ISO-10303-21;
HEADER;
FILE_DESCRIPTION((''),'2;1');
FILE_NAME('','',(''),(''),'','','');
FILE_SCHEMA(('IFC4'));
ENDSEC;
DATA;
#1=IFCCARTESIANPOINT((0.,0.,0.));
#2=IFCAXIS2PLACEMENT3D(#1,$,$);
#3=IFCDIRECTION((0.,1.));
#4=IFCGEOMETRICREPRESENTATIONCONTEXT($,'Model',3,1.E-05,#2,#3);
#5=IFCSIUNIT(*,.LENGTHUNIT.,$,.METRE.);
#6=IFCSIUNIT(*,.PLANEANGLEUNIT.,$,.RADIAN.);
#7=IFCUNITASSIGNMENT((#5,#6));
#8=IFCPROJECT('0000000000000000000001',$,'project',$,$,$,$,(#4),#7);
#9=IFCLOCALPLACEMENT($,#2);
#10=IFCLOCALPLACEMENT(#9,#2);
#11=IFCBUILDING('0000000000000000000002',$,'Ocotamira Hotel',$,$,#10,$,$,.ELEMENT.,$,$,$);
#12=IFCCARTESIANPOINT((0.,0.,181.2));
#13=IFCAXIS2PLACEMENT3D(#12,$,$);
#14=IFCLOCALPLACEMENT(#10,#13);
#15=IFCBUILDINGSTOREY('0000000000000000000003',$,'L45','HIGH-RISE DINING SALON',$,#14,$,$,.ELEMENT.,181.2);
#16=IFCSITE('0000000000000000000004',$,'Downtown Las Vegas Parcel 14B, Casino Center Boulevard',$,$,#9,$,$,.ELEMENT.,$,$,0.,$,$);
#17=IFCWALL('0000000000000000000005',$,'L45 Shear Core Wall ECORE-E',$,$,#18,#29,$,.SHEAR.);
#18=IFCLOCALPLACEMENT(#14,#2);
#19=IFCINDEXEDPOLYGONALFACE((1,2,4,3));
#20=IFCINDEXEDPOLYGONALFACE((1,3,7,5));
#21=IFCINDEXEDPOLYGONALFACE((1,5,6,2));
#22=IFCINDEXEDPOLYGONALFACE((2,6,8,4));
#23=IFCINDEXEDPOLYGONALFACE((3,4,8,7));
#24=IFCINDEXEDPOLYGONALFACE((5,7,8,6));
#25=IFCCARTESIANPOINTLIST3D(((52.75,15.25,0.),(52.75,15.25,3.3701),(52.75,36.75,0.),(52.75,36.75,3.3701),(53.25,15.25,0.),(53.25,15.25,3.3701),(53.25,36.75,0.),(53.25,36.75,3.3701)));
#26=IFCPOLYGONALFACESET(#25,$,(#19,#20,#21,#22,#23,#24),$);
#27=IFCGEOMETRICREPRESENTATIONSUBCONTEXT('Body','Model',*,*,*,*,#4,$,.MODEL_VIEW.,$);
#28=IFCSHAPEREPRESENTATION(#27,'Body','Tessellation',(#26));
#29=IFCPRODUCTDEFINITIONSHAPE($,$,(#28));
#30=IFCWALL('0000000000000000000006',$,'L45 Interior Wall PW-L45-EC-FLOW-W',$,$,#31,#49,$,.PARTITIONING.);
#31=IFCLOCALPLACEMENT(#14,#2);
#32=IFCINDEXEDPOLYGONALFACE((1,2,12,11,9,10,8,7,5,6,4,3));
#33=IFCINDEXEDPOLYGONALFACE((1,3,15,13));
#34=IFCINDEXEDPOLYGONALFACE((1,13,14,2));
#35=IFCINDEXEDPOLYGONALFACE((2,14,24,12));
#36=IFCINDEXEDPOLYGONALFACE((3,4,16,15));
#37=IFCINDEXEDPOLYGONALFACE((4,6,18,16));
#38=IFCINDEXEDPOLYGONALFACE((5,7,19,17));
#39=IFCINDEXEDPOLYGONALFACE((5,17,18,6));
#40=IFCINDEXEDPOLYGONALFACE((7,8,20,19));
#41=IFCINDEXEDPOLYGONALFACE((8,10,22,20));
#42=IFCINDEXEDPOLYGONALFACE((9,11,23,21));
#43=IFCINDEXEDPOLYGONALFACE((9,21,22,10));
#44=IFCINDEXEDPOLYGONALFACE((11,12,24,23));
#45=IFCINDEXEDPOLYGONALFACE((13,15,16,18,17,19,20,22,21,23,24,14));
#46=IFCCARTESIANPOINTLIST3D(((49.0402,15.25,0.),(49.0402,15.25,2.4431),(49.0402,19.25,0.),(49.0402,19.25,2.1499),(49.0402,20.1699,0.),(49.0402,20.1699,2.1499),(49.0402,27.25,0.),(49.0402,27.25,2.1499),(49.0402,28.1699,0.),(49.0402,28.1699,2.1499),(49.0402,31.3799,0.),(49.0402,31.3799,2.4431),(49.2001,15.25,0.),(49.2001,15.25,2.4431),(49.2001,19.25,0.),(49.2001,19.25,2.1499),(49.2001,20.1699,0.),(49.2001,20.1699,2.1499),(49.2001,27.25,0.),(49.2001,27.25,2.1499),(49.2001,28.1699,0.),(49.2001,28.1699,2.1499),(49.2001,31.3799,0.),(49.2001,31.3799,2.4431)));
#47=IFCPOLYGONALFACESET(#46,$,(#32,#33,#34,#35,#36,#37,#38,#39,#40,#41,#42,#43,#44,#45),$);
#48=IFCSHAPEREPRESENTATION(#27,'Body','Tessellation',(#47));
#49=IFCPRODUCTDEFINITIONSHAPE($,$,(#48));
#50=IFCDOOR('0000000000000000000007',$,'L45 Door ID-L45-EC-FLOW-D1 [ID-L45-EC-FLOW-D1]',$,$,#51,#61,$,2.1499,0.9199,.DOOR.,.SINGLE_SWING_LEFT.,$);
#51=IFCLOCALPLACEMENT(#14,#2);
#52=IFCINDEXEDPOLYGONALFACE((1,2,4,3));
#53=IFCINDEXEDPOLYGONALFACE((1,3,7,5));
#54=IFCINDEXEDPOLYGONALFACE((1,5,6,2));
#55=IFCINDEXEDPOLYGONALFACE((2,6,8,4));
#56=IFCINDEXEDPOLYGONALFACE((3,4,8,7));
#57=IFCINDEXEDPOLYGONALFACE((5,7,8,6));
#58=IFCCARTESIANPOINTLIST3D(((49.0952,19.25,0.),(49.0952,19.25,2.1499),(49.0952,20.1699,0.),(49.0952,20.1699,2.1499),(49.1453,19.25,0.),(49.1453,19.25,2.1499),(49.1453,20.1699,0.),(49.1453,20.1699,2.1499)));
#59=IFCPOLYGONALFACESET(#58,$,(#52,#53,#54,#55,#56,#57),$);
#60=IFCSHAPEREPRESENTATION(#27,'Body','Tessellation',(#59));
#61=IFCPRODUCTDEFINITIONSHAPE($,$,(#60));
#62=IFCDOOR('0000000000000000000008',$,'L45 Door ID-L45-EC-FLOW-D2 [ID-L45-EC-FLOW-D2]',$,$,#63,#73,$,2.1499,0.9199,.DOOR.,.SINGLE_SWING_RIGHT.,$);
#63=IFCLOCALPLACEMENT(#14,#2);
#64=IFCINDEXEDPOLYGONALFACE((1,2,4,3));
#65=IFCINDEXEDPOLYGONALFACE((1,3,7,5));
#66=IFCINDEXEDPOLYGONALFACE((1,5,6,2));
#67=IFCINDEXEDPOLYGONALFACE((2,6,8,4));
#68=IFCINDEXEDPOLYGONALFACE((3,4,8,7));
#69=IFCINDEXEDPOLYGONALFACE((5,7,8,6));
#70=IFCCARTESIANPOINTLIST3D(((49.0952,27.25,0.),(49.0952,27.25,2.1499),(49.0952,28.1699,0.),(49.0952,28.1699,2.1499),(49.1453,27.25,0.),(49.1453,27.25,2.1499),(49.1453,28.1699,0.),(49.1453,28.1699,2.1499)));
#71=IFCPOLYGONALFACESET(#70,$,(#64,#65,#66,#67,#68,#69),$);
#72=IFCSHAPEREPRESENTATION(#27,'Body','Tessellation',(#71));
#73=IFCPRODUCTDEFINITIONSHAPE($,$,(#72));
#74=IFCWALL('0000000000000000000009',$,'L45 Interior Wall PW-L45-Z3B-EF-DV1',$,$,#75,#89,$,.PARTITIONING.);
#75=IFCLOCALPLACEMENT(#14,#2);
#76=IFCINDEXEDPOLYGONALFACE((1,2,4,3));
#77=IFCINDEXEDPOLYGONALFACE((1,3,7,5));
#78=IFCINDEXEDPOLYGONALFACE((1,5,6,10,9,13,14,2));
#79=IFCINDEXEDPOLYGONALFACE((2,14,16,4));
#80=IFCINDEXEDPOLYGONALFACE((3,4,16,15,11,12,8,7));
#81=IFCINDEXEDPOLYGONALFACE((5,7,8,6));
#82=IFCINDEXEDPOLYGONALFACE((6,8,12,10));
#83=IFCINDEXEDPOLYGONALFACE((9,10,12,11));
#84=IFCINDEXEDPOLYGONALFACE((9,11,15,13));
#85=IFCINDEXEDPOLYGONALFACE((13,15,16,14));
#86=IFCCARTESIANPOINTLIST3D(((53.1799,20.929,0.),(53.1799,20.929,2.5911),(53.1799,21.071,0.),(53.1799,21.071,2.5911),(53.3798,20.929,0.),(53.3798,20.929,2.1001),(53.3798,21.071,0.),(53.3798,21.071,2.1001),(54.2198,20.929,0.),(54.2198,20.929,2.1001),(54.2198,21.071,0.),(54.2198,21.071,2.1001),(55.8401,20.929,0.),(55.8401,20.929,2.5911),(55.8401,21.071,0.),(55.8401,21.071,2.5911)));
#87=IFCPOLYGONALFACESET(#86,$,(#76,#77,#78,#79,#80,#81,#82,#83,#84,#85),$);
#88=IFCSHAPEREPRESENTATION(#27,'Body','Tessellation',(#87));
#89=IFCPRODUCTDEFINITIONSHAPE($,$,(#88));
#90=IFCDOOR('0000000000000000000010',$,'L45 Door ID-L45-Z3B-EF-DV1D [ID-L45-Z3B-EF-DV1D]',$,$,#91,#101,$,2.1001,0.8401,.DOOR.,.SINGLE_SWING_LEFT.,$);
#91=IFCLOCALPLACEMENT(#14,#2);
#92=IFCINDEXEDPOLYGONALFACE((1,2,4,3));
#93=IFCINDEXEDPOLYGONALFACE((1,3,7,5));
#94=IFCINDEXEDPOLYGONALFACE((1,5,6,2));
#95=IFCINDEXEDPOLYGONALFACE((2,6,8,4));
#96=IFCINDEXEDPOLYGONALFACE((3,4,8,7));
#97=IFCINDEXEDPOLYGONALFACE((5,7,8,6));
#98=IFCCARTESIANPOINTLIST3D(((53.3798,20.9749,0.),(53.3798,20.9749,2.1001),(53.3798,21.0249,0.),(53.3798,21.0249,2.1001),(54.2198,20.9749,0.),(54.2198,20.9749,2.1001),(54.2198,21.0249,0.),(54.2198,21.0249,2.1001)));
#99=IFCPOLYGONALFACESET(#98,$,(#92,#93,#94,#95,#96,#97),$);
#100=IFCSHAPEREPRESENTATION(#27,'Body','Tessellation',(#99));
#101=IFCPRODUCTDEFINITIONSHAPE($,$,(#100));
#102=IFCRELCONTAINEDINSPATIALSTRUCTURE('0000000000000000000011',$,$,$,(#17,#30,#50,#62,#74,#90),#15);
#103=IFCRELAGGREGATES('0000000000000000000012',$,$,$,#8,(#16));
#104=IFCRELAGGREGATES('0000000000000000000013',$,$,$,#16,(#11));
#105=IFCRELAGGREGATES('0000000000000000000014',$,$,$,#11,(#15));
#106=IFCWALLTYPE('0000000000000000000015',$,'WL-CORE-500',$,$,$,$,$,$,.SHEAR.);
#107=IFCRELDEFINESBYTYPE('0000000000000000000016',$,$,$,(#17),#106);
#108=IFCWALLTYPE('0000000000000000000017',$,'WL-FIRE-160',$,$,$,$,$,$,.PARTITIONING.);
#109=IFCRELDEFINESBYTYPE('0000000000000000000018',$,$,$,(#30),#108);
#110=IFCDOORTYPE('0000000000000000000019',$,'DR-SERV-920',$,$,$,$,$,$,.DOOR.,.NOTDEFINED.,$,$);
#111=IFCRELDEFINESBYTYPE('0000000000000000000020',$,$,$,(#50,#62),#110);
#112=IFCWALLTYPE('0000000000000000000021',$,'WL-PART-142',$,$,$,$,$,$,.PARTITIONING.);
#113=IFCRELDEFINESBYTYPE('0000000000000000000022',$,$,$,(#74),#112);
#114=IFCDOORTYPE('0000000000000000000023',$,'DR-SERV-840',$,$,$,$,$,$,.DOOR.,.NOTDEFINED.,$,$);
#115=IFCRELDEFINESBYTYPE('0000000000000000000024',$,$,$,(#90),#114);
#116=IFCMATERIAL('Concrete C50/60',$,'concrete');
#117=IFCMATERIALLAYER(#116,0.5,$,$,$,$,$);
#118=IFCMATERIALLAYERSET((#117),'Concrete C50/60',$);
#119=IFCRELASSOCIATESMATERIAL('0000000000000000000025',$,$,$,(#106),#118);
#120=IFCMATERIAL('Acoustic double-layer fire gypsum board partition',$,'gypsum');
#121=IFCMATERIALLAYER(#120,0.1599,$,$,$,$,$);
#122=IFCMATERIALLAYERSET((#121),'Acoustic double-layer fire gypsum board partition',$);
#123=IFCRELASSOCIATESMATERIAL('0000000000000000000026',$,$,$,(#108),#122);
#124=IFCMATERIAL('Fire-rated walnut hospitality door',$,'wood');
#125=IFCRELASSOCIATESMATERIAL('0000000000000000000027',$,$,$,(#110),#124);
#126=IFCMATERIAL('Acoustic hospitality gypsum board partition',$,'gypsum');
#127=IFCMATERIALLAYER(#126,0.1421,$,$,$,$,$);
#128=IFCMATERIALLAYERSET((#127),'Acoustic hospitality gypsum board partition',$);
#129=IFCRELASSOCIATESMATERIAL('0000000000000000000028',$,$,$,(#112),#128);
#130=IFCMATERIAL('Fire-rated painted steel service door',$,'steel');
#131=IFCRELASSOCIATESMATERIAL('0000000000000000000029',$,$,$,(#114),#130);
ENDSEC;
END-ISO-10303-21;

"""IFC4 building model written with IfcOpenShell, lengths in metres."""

from ifc_helpers import new_model, si_unit, direction, frame, frame_2d, origin, place, context, subcontext, project, spatial, rectangle, extrude, source, transform, mapped, material, layer, layer_set, type_object, element, fill, save


model = new_model("IFC4")

# Units and contexts
model_context = context("Model", 3, precision=1e-05, world=origin(), true_north=direction((0.0, 1.0)))
body_context = subcontext(model_context, "Body", "Model", "MODEL_VIEW")
ifc_project = project(units=[si_unit("LENGTHUNIT", "METRE"), si_unit("PLANEANGLEUNIT", "RADIAN")], contexts=[model_context])

# Site, building, storey
site_placement = place(None, origin())
site = spatial("IfcSite", under=ifc_project, at=site_placement, Name="Downtown Las Vegas Parcel 14B, Casino Center Boulevard", CompositionType="ELEMENT", RefElevation=0.0)
building_placement = place(site_placement, origin())
building = spatial("IfcBuilding", under=site, at=building_placement, Name="Ocotamira Hotel", CompositionType="ELEMENT")
storey_placement = place(building_placement, frame((0.0, 0.0, 181.2)))
storey = spatial("IfcBuildingStorey", under=building, at=storey_placement, Name="L45", Description="HIGH-RISE DINING SALON", CompositionType="ELEMENT", Elevation=181.2)

# Wall
ifc_material_1 = material(Name="Concrete C50/60", Category="concrete")
ifc_layer_1 = layer(ifc_material_1, 0.5)
ifc_layer_set_1 = layer_set([ifc_layer_1], Name="Concrete C50/60")
wall_type_1 = type_object("IfcWallType", Name="WL-CORE-500", PredefinedType="SHEAR", material=ifc_layer_set_1)
wall_1_placement = place(storey_placement, frame((53.0, 15.25, 0.0), z_axis=(0.0, 0.0, 1.0), x_axis=(0.0, 1.0, 0.0)))
element("IfcWall", 1, at=wall_1_placement, inside=storey, type_object=wall_type_1, Name="L45 Shear Core Wall ECORE-E", PredefinedType="SHEAR", context=body_context, shape_type="SweptSolid", body=[
    extrude(rectangle(XDim=21.5, YDim=0.5, at=frame_2d((10.75, 0.0))), origin(), (0.0, 0.0, 1.0), 3.3701),
])

# Wall, openings, doors
ifc_material_2 = material(Name="Acoustic double-layer fire gypsum board partition", Category="gypsum")
ifc_layer_2 = layer(ifc_material_2, 0.1599)
ifc_layer_set_2 = layer_set([ifc_layer_2], Name="Acoustic double-layer fire gypsum board partition")
wall_type_2 = type_object("IfcWallType", Name="WL-FIRE-160", PredefinedType="PARTITIONING", material=ifc_layer_set_2)
wall_2_placement = place(storey_placement, frame((49.1201, 15.25, 0.0), z_axis=(0.0, 0.0, 1.0), x_axis=(0.0, 1.0, 0.0)))
wall_2 = element("IfcWall", 2, at=wall_2_placement, inside=storey, type_object=wall_type_2, Name="L45 Interior Wall PW-L45-EC-FLOW-W", PredefinedType="PARTITIONING", context=body_context, shape_type="SweptSolid", body=[
    extrude(rectangle(XDim=16.1299, YDim=0.1599, at=frame_2d((8.0649, 0.0))), origin(), (0.0, 0.0, 1.0), 2.4431),
])
opening_1_placement = place(wall_2_placement, frame((4.0, 0.0, 0.0)))
opening_1 = element("IfcOpeningElement", 3, at=opening_1_placement, cuts=wall_2, PredefinedType="OPENING", context=body_context, shape_type="SweptSolid", body=[
    extrude(rectangle(XDim=0.9199, YDim=2.1499, at=frame_2d((0.46, 1.075))), frame((0.0, 0.0898, 0.0), z_axis=(0.0, -1.0, 0.0), x_axis=(1.0, 0.0, 0.0)), (0.0, 0.0, 1.0), 0.1799),
])
opening_2_placement = place(wall_2_placement, frame((12.0, 0.0, 0.0)))
opening_2 = element("IfcOpeningElement", 4, at=opening_2_placement, cuts=wall_2, PredefinedType="OPENING", context=body_context, shape_type="SweptSolid", body=[
    extrude(rectangle(XDim=0.9199, YDim=2.1499, at=frame_2d((0.46, 1.075))), frame((0.0, 0.0898, 0.0), z_axis=(0.0, -1.0, 0.0), x_axis=(1.0, 0.0, 0.0)), (0.0, 0.0, 1.0), 0.1799),
])
ifc_material_3 = material(Name="Fire-rated walnut hospitality door", Category="wood")
door_type_1 = type_object("IfcDoorType", Name="DR-SERV-920", OperationType="NOTDEFINED", PredefinedType="DOOR", material=ifc_material_3)
shared_shape_1 = source(origin(), body_context, "Body", "SweptSolid", [
    extrude(rectangle(XDim=0.9199, YDim=2.1499, at=frame_2d((0.46, 1.075))), frame((0.0, 0.0249, 0.0), z_axis=(0.0, -1.0, 0.0), x_axis=(1.0, 0.0, 0.0)), (0.0, 0.0, 1.0), 0.05),
])
door_1_placement = place(opening_1_placement, origin())
door_1 = element("IfcDoor", 5, at=door_1_placement, inside=storey, type_object=door_type_1, Name="L45 Door ID-L45-EC-FLOW-D1 [ID-L45-EC-FLOW-D1]", OperationType="SINGLE_SWING_LEFT", OverallHeight=2.1499, OverallWidth=0.9199, PredefinedType="DOOR", context=body_context, shape_type="MappedRepresentation", body=[
    mapped(shared_shape_1, transform((0.0, 0.0, 0.0), scale=1.0)),
])
fill(opening_1, door_1)
door_2_placement = place(opening_2_placement, origin())
door_2 = element("IfcDoor", 6, at=door_2_placement, inside=storey, type_object=door_type_1, Name="L45 Door ID-L45-EC-FLOW-D2 [ID-L45-EC-FLOW-D2]", OperationType="SINGLE_SWING_RIGHT", OverallHeight=2.1499, OverallWidth=0.9199, PredefinedType="DOOR", context=body_context, shape_type="MappedRepresentation", body=[
    mapped(shared_shape_1, transform((0.0, 0.0, 0.0), scale=1.0)),
])
fill(opening_2, door_2)

# Wall, opening, door
ifc_material_4 = material(Name="Acoustic hospitality gypsum board partition", Category="gypsum")
ifc_layer_3 = layer(ifc_material_4, 0.1421)
ifc_layer_set_3 = layer_set([ifc_layer_3], Name="Acoustic hospitality gypsum board partition")
wall_type_3 = type_object("IfcWallType", Name="WL-PART-142", PredefinedType="PARTITIONING", material=ifc_layer_set_3)
wall_3_placement = place(storey_placement, frame((53.1799, 21.0, 0.0), z_axis=(0.0, 0.0, 1.0), x_axis=(1.0, 0.0, 0.0)))
wall_3 = element("IfcWall", 7, at=wall_3_placement, inside=storey, type_object=wall_type_3, Name="L45 Interior Wall PW-L45-Z3B-EF-DV1", PredefinedType="PARTITIONING", context=body_context, shape_type="SweptSolid", body=[
    extrude(rectangle(XDim=2.6602, YDim=0.1421, at=frame_2d((1.3301, 0.0))), origin(), (0.0, 0.0, 1.0), 2.5911),
])
opening_3_placement = place(wall_3_placement, frame((0.2, 0.0, 0.0)))
opening_3 = element("IfcOpeningElement", 8, at=opening_3_placement, cuts=wall_3, PredefinedType="OPENING", context=body_context, shape_type="SweptSolid", body=[
    extrude(rectangle(XDim=0.8401, YDim=2.1001, at=frame_2d((0.4199, 1.05))), frame((0.0, 0.0811, 0.0), z_axis=(0.0, -1.0, 0.0), x_axis=(1.0, 0.0, 0.0)), (0.0, 0.0, 1.0), 0.1621),
])
ifc_material_5 = material(Name="Fire-rated painted steel service door", Category="steel")
door_type_2 = type_object("IfcDoorType", Name="DR-SERV-840", OperationType="NOTDEFINED", PredefinedType="DOOR", material=ifc_material_5)
shared_shape_2 = source(origin(), body_context, "Body", "SweptSolid", [
    extrude(rectangle(XDim=0.8401, YDim=2.1001, at=frame_2d((0.4199, 1.05))), frame((0.0, 0.0249, 0.0), z_axis=(0.0, -1.0, 0.0), x_axis=(1.0, 0.0, 0.0)), (0.0, 0.0, 1.0), 0.05),
])
door_3_placement = place(opening_3_placement, origin())
door_3 = element("IfcDoor", 9, at=door_3_placement, inside=storey, type_object=door_type_2, Name="L45 Door ID-L45-Z3B-EF-DV1D [ID-L45-Z3B-EF-DV1D]", OperationType="SINGLE_SWING_LEFT", OverallHeight=2.1001, OverallWidth=0.8401, PredefinedType="DOOR", context=body_context, shape_type="MappedRepresentation", body=[
    mapped(shared_shape_2, transform((0.0, 0.0, 0.0), scale=1.0)),
])
fill(opening_3, door_3)

save(model, "model.ifc")
